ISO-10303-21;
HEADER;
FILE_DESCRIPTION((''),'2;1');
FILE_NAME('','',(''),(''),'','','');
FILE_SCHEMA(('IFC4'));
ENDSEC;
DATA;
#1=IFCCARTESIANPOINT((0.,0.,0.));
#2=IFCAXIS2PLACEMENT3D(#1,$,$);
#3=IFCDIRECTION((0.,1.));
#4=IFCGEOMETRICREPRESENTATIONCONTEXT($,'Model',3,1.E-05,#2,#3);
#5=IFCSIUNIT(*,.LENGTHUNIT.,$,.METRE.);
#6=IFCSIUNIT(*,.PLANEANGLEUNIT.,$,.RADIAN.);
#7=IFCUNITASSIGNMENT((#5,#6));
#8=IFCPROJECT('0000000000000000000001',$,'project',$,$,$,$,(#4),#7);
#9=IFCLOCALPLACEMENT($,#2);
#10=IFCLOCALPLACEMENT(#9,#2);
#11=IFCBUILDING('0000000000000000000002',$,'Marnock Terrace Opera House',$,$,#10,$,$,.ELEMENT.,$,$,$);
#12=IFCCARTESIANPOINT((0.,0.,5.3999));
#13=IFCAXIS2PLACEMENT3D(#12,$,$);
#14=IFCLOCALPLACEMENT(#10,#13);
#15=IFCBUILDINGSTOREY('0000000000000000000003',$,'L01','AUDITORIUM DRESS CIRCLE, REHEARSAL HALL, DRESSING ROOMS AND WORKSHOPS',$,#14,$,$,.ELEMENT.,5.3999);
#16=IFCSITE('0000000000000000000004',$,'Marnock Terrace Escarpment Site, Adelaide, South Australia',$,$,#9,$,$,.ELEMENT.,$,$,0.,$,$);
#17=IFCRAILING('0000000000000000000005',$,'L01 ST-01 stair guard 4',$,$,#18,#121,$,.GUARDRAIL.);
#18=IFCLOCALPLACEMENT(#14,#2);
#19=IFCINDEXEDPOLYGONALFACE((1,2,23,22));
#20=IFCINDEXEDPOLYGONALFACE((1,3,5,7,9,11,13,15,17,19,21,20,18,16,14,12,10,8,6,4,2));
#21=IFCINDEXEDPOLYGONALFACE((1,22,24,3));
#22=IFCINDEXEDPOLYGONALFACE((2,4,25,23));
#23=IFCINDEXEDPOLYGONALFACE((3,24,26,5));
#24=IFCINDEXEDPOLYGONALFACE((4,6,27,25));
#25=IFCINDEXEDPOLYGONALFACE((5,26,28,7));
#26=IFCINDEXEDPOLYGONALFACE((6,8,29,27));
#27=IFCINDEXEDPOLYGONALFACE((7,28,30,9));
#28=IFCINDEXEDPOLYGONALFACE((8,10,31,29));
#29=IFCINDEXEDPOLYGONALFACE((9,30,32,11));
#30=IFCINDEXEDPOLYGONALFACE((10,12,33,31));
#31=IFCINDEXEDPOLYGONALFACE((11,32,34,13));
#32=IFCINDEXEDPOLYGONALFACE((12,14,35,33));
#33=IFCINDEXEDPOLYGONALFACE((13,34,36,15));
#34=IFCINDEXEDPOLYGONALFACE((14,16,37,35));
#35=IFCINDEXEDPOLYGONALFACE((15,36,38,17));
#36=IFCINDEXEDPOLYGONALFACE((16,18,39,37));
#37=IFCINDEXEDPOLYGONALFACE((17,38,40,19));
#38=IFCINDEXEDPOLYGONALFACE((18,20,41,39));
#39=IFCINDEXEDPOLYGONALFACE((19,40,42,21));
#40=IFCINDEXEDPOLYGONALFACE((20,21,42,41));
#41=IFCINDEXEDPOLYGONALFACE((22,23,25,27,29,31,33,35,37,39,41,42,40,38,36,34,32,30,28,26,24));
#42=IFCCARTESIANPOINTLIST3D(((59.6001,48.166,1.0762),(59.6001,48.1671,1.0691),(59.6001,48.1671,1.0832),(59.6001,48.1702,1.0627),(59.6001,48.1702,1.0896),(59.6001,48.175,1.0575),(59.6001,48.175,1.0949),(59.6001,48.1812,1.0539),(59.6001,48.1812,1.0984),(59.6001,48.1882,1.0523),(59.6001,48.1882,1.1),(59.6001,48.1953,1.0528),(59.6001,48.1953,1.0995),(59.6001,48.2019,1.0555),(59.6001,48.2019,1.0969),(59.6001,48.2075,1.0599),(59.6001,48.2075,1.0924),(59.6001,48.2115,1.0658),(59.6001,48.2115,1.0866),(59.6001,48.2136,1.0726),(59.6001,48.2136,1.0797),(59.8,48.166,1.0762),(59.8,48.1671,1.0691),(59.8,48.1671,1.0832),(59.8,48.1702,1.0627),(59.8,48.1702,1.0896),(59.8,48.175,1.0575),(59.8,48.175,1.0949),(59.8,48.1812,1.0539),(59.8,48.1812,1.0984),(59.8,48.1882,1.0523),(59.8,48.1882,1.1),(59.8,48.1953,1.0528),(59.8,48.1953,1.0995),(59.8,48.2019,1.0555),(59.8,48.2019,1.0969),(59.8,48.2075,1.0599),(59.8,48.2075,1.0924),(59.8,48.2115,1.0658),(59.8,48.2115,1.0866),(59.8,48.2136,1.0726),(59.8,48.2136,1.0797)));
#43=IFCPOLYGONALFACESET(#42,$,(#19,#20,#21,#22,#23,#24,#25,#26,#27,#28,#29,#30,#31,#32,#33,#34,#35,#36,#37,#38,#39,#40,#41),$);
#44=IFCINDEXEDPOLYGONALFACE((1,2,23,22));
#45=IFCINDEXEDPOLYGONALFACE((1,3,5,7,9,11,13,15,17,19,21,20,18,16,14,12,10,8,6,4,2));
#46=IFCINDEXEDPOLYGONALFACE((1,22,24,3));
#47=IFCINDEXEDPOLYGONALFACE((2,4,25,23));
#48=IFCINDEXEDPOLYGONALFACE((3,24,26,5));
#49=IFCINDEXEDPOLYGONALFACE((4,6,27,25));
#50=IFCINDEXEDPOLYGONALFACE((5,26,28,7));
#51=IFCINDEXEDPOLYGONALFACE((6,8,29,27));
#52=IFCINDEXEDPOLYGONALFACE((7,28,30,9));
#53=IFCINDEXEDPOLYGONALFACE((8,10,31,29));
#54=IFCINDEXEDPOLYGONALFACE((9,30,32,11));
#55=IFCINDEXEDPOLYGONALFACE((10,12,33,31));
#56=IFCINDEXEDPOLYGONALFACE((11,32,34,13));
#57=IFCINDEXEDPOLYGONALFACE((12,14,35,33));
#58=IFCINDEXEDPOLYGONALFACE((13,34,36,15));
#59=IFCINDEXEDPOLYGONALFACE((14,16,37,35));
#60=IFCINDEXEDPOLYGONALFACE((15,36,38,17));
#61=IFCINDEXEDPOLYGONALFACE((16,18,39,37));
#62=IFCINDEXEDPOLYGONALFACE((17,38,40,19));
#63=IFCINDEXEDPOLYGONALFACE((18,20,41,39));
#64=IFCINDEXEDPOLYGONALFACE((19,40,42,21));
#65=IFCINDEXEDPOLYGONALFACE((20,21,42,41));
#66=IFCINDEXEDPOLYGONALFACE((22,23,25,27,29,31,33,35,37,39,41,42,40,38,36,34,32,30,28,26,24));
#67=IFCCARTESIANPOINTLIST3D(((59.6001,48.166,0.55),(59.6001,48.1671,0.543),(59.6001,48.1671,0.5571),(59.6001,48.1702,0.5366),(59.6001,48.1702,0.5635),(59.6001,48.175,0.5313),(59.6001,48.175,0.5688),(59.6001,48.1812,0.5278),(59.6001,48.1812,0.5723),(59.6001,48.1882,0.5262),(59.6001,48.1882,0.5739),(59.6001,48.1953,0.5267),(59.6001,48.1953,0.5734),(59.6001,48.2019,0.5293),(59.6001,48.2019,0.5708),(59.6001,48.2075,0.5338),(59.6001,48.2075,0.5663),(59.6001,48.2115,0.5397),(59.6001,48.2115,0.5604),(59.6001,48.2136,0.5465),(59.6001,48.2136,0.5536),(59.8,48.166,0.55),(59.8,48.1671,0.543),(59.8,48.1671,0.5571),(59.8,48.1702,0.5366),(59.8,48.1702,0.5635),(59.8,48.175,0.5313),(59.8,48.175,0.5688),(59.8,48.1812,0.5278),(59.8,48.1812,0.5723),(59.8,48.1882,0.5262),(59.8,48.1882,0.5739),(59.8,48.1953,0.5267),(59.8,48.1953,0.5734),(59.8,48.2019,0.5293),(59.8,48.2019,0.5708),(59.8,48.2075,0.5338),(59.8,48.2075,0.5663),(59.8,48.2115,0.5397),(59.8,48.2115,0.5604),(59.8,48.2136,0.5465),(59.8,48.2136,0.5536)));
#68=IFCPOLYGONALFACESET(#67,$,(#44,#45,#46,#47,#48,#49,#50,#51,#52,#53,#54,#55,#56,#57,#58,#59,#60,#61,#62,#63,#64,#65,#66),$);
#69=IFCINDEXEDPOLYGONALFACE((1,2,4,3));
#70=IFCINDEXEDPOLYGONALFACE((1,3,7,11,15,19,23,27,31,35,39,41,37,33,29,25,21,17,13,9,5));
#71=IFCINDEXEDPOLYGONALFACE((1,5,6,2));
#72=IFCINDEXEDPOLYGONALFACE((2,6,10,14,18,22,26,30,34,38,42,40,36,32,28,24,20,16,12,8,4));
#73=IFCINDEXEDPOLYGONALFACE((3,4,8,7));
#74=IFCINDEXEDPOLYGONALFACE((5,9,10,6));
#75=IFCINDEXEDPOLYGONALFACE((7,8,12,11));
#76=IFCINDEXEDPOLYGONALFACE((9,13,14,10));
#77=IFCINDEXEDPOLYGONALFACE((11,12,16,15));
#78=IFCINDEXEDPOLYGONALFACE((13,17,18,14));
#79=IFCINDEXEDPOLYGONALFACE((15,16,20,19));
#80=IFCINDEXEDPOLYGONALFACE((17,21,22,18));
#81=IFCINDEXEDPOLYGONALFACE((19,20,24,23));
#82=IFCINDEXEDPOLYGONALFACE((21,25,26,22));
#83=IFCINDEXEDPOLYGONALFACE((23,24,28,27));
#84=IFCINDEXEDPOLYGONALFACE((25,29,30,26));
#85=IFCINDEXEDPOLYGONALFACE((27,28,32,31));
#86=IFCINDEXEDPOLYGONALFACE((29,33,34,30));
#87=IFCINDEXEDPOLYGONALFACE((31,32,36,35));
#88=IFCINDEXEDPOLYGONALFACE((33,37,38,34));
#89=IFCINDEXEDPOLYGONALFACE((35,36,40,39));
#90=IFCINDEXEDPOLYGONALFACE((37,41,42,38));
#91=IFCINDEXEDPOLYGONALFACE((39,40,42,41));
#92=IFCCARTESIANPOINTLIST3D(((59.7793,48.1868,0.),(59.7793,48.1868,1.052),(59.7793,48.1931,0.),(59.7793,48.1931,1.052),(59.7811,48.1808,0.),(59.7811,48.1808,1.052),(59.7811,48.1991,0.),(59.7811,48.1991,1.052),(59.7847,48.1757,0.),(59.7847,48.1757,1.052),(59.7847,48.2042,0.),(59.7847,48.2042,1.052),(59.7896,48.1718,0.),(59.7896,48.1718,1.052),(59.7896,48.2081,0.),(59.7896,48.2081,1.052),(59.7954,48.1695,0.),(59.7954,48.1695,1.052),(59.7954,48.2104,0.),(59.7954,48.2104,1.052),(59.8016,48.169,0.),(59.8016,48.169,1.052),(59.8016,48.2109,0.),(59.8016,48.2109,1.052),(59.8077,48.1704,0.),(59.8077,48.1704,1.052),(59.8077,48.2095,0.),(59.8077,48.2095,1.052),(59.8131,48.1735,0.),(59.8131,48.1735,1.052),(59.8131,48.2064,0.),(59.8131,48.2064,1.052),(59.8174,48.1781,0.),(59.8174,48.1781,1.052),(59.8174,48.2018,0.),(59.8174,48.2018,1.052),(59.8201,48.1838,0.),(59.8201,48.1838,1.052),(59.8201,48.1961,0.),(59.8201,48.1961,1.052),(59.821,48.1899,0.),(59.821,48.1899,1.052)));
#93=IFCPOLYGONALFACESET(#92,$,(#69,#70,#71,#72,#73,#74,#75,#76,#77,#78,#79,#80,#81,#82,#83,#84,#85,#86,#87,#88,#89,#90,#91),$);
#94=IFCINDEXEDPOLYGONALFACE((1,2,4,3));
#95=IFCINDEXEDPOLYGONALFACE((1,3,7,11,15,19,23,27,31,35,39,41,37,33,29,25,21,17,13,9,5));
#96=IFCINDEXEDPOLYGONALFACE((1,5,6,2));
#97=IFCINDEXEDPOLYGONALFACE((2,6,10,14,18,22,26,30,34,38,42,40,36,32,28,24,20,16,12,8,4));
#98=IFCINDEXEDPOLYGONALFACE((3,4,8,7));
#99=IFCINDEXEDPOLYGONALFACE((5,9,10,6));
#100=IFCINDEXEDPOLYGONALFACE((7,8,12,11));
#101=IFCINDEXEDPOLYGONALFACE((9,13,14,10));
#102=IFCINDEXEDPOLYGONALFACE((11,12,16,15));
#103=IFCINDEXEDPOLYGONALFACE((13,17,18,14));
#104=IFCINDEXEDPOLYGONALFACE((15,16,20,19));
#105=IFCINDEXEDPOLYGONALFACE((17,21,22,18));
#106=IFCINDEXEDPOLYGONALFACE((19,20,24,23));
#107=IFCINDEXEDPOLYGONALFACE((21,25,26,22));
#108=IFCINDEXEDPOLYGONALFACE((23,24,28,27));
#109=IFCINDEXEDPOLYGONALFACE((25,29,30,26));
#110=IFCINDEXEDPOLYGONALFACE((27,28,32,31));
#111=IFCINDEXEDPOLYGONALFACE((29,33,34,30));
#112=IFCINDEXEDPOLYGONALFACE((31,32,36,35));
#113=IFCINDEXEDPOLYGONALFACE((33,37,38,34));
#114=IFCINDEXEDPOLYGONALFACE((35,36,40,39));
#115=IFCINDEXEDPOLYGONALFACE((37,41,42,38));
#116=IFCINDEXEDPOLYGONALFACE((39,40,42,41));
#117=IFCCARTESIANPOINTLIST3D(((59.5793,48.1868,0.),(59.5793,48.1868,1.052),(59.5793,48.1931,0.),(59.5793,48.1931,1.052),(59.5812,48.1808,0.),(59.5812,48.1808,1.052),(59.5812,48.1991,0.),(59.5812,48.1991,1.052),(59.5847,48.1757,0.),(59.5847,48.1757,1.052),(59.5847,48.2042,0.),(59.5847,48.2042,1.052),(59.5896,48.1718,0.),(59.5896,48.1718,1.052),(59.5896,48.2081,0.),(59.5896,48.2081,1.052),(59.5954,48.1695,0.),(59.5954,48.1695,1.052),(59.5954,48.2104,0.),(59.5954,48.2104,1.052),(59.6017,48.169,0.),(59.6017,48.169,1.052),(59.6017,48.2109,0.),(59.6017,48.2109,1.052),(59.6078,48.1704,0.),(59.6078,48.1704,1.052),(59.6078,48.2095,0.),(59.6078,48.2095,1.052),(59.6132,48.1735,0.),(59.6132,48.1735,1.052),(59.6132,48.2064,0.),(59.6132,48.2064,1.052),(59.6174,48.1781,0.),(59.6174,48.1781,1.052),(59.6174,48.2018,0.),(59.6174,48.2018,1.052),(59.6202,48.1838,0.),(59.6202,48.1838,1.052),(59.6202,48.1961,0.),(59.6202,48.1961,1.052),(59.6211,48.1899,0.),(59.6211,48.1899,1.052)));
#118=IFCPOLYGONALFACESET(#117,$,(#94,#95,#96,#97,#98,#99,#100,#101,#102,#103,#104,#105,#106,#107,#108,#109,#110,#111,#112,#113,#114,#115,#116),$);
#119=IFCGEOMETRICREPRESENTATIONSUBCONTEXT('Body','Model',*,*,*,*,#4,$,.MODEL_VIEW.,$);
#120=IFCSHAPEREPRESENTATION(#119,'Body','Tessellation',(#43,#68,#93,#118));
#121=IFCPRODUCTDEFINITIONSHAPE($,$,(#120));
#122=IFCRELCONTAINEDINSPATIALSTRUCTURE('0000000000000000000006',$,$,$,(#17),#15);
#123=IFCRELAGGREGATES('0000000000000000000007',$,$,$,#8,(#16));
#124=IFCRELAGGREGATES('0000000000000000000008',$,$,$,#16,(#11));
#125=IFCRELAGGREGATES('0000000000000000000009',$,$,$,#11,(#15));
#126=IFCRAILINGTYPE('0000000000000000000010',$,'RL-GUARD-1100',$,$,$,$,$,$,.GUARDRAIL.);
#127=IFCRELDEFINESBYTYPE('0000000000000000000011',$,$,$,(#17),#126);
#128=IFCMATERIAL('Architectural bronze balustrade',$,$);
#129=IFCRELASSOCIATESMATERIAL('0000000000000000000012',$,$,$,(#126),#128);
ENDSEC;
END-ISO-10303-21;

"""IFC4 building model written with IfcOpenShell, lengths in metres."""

from ifc_helpers import new_model, si_unit, direction, frame, origin, origin_2d, place, context, subcontext, project, spatial, circle, extrude, material, type_object, element, save


model = new_model("IFC4")

# Units and contexts
model_context = context("Model", 3, precision=1e-05, world=origin(), true_north=direction((0.0, 1.0)))
body_context = subcontext(model_context, "Body", "Model", "MODEL_VIEW")
ifc_project = project(units=[si_unit("LENGTHUNIT", "METRE"), si_unit("PLANEANGLEUNIT", "RADIAN")], contexts=[model_context])

# Site, building, storey
site_placement = place(None, origin())
site = spatial("IfcSite", under=ifc_project, at=site_placement, Name="Marnock Terrace Escarpment Site, Adelaide, South Australia", CompositionType="ELEMENT", RefElevation=0.0)
building_placement = place(site_placement, origin())
building = spatial("IfcBuilding", under=site, at=building_placement, Name="Marnock Terrace Opera House", CompositionType="ELEMENT")
storey_placement = place(building_placement, frame((0.0, 0.0, 5.3999)))
storey = spatial("IfcBuildingStorey", under=building, at=storey_placement, Name="L01", Description="AUDITORIUM DRESS CIRCLE, REHEARSAL HALL, DRESSING ROOMS AND WORKSHOPS", CompositionType="ELEMENT", Elevation=5.3999)

# Railing
ifc_material_1 = material(Name="Architectural bronze balustrade")
railing_type_1 = type_object("IfcRailingType", Name="RL-GUARD-1100", PredefinedType="GUARDRAIL", material=ifc_material_1)
railing_1_placement = place(storey_placement, frame((59.8, 48.1899, 0.0)))
element("IfcRailing", 1, at=railing_1_placement, inside=storey, type_object=railing_type_1, Name="L01 ST-01 stair guard 4", PredefinedType="GUARDRAIL", context=body_context, shape_type="SweptSolid", body=[
    extrude(circle(Radius=0.0239, at=origin_2d()), frame((0.0, 0.0, 1.0762), z_axis=(-1.0, 0.0, 0.0), x_axis=(0.0, -1.0, 0.0)), (0.0, 0.0, 1.0), 0.2),
    extrude(circle(Radius=0.0239, at=origin_2d()), frame((0.0, 0.0, 0.55), z_axis=(-1.0, 0.0, 0.0), x_axis=(0.0, -1.0, 0.0)), (0.0, 0.0, 1.0), 0.2),
    extrude(circle(Radius=0.021, at=origin_2d()), origin(), (0.0, 0.0, 1.0), 1.052),
    extrude(circle(Radius=0.021, at=origin_2d()), frame((-0.2, 0.0, 0.0)), (0.0, 0.0, 1.0), 1.052),
])

save(model, "model.ifc")
